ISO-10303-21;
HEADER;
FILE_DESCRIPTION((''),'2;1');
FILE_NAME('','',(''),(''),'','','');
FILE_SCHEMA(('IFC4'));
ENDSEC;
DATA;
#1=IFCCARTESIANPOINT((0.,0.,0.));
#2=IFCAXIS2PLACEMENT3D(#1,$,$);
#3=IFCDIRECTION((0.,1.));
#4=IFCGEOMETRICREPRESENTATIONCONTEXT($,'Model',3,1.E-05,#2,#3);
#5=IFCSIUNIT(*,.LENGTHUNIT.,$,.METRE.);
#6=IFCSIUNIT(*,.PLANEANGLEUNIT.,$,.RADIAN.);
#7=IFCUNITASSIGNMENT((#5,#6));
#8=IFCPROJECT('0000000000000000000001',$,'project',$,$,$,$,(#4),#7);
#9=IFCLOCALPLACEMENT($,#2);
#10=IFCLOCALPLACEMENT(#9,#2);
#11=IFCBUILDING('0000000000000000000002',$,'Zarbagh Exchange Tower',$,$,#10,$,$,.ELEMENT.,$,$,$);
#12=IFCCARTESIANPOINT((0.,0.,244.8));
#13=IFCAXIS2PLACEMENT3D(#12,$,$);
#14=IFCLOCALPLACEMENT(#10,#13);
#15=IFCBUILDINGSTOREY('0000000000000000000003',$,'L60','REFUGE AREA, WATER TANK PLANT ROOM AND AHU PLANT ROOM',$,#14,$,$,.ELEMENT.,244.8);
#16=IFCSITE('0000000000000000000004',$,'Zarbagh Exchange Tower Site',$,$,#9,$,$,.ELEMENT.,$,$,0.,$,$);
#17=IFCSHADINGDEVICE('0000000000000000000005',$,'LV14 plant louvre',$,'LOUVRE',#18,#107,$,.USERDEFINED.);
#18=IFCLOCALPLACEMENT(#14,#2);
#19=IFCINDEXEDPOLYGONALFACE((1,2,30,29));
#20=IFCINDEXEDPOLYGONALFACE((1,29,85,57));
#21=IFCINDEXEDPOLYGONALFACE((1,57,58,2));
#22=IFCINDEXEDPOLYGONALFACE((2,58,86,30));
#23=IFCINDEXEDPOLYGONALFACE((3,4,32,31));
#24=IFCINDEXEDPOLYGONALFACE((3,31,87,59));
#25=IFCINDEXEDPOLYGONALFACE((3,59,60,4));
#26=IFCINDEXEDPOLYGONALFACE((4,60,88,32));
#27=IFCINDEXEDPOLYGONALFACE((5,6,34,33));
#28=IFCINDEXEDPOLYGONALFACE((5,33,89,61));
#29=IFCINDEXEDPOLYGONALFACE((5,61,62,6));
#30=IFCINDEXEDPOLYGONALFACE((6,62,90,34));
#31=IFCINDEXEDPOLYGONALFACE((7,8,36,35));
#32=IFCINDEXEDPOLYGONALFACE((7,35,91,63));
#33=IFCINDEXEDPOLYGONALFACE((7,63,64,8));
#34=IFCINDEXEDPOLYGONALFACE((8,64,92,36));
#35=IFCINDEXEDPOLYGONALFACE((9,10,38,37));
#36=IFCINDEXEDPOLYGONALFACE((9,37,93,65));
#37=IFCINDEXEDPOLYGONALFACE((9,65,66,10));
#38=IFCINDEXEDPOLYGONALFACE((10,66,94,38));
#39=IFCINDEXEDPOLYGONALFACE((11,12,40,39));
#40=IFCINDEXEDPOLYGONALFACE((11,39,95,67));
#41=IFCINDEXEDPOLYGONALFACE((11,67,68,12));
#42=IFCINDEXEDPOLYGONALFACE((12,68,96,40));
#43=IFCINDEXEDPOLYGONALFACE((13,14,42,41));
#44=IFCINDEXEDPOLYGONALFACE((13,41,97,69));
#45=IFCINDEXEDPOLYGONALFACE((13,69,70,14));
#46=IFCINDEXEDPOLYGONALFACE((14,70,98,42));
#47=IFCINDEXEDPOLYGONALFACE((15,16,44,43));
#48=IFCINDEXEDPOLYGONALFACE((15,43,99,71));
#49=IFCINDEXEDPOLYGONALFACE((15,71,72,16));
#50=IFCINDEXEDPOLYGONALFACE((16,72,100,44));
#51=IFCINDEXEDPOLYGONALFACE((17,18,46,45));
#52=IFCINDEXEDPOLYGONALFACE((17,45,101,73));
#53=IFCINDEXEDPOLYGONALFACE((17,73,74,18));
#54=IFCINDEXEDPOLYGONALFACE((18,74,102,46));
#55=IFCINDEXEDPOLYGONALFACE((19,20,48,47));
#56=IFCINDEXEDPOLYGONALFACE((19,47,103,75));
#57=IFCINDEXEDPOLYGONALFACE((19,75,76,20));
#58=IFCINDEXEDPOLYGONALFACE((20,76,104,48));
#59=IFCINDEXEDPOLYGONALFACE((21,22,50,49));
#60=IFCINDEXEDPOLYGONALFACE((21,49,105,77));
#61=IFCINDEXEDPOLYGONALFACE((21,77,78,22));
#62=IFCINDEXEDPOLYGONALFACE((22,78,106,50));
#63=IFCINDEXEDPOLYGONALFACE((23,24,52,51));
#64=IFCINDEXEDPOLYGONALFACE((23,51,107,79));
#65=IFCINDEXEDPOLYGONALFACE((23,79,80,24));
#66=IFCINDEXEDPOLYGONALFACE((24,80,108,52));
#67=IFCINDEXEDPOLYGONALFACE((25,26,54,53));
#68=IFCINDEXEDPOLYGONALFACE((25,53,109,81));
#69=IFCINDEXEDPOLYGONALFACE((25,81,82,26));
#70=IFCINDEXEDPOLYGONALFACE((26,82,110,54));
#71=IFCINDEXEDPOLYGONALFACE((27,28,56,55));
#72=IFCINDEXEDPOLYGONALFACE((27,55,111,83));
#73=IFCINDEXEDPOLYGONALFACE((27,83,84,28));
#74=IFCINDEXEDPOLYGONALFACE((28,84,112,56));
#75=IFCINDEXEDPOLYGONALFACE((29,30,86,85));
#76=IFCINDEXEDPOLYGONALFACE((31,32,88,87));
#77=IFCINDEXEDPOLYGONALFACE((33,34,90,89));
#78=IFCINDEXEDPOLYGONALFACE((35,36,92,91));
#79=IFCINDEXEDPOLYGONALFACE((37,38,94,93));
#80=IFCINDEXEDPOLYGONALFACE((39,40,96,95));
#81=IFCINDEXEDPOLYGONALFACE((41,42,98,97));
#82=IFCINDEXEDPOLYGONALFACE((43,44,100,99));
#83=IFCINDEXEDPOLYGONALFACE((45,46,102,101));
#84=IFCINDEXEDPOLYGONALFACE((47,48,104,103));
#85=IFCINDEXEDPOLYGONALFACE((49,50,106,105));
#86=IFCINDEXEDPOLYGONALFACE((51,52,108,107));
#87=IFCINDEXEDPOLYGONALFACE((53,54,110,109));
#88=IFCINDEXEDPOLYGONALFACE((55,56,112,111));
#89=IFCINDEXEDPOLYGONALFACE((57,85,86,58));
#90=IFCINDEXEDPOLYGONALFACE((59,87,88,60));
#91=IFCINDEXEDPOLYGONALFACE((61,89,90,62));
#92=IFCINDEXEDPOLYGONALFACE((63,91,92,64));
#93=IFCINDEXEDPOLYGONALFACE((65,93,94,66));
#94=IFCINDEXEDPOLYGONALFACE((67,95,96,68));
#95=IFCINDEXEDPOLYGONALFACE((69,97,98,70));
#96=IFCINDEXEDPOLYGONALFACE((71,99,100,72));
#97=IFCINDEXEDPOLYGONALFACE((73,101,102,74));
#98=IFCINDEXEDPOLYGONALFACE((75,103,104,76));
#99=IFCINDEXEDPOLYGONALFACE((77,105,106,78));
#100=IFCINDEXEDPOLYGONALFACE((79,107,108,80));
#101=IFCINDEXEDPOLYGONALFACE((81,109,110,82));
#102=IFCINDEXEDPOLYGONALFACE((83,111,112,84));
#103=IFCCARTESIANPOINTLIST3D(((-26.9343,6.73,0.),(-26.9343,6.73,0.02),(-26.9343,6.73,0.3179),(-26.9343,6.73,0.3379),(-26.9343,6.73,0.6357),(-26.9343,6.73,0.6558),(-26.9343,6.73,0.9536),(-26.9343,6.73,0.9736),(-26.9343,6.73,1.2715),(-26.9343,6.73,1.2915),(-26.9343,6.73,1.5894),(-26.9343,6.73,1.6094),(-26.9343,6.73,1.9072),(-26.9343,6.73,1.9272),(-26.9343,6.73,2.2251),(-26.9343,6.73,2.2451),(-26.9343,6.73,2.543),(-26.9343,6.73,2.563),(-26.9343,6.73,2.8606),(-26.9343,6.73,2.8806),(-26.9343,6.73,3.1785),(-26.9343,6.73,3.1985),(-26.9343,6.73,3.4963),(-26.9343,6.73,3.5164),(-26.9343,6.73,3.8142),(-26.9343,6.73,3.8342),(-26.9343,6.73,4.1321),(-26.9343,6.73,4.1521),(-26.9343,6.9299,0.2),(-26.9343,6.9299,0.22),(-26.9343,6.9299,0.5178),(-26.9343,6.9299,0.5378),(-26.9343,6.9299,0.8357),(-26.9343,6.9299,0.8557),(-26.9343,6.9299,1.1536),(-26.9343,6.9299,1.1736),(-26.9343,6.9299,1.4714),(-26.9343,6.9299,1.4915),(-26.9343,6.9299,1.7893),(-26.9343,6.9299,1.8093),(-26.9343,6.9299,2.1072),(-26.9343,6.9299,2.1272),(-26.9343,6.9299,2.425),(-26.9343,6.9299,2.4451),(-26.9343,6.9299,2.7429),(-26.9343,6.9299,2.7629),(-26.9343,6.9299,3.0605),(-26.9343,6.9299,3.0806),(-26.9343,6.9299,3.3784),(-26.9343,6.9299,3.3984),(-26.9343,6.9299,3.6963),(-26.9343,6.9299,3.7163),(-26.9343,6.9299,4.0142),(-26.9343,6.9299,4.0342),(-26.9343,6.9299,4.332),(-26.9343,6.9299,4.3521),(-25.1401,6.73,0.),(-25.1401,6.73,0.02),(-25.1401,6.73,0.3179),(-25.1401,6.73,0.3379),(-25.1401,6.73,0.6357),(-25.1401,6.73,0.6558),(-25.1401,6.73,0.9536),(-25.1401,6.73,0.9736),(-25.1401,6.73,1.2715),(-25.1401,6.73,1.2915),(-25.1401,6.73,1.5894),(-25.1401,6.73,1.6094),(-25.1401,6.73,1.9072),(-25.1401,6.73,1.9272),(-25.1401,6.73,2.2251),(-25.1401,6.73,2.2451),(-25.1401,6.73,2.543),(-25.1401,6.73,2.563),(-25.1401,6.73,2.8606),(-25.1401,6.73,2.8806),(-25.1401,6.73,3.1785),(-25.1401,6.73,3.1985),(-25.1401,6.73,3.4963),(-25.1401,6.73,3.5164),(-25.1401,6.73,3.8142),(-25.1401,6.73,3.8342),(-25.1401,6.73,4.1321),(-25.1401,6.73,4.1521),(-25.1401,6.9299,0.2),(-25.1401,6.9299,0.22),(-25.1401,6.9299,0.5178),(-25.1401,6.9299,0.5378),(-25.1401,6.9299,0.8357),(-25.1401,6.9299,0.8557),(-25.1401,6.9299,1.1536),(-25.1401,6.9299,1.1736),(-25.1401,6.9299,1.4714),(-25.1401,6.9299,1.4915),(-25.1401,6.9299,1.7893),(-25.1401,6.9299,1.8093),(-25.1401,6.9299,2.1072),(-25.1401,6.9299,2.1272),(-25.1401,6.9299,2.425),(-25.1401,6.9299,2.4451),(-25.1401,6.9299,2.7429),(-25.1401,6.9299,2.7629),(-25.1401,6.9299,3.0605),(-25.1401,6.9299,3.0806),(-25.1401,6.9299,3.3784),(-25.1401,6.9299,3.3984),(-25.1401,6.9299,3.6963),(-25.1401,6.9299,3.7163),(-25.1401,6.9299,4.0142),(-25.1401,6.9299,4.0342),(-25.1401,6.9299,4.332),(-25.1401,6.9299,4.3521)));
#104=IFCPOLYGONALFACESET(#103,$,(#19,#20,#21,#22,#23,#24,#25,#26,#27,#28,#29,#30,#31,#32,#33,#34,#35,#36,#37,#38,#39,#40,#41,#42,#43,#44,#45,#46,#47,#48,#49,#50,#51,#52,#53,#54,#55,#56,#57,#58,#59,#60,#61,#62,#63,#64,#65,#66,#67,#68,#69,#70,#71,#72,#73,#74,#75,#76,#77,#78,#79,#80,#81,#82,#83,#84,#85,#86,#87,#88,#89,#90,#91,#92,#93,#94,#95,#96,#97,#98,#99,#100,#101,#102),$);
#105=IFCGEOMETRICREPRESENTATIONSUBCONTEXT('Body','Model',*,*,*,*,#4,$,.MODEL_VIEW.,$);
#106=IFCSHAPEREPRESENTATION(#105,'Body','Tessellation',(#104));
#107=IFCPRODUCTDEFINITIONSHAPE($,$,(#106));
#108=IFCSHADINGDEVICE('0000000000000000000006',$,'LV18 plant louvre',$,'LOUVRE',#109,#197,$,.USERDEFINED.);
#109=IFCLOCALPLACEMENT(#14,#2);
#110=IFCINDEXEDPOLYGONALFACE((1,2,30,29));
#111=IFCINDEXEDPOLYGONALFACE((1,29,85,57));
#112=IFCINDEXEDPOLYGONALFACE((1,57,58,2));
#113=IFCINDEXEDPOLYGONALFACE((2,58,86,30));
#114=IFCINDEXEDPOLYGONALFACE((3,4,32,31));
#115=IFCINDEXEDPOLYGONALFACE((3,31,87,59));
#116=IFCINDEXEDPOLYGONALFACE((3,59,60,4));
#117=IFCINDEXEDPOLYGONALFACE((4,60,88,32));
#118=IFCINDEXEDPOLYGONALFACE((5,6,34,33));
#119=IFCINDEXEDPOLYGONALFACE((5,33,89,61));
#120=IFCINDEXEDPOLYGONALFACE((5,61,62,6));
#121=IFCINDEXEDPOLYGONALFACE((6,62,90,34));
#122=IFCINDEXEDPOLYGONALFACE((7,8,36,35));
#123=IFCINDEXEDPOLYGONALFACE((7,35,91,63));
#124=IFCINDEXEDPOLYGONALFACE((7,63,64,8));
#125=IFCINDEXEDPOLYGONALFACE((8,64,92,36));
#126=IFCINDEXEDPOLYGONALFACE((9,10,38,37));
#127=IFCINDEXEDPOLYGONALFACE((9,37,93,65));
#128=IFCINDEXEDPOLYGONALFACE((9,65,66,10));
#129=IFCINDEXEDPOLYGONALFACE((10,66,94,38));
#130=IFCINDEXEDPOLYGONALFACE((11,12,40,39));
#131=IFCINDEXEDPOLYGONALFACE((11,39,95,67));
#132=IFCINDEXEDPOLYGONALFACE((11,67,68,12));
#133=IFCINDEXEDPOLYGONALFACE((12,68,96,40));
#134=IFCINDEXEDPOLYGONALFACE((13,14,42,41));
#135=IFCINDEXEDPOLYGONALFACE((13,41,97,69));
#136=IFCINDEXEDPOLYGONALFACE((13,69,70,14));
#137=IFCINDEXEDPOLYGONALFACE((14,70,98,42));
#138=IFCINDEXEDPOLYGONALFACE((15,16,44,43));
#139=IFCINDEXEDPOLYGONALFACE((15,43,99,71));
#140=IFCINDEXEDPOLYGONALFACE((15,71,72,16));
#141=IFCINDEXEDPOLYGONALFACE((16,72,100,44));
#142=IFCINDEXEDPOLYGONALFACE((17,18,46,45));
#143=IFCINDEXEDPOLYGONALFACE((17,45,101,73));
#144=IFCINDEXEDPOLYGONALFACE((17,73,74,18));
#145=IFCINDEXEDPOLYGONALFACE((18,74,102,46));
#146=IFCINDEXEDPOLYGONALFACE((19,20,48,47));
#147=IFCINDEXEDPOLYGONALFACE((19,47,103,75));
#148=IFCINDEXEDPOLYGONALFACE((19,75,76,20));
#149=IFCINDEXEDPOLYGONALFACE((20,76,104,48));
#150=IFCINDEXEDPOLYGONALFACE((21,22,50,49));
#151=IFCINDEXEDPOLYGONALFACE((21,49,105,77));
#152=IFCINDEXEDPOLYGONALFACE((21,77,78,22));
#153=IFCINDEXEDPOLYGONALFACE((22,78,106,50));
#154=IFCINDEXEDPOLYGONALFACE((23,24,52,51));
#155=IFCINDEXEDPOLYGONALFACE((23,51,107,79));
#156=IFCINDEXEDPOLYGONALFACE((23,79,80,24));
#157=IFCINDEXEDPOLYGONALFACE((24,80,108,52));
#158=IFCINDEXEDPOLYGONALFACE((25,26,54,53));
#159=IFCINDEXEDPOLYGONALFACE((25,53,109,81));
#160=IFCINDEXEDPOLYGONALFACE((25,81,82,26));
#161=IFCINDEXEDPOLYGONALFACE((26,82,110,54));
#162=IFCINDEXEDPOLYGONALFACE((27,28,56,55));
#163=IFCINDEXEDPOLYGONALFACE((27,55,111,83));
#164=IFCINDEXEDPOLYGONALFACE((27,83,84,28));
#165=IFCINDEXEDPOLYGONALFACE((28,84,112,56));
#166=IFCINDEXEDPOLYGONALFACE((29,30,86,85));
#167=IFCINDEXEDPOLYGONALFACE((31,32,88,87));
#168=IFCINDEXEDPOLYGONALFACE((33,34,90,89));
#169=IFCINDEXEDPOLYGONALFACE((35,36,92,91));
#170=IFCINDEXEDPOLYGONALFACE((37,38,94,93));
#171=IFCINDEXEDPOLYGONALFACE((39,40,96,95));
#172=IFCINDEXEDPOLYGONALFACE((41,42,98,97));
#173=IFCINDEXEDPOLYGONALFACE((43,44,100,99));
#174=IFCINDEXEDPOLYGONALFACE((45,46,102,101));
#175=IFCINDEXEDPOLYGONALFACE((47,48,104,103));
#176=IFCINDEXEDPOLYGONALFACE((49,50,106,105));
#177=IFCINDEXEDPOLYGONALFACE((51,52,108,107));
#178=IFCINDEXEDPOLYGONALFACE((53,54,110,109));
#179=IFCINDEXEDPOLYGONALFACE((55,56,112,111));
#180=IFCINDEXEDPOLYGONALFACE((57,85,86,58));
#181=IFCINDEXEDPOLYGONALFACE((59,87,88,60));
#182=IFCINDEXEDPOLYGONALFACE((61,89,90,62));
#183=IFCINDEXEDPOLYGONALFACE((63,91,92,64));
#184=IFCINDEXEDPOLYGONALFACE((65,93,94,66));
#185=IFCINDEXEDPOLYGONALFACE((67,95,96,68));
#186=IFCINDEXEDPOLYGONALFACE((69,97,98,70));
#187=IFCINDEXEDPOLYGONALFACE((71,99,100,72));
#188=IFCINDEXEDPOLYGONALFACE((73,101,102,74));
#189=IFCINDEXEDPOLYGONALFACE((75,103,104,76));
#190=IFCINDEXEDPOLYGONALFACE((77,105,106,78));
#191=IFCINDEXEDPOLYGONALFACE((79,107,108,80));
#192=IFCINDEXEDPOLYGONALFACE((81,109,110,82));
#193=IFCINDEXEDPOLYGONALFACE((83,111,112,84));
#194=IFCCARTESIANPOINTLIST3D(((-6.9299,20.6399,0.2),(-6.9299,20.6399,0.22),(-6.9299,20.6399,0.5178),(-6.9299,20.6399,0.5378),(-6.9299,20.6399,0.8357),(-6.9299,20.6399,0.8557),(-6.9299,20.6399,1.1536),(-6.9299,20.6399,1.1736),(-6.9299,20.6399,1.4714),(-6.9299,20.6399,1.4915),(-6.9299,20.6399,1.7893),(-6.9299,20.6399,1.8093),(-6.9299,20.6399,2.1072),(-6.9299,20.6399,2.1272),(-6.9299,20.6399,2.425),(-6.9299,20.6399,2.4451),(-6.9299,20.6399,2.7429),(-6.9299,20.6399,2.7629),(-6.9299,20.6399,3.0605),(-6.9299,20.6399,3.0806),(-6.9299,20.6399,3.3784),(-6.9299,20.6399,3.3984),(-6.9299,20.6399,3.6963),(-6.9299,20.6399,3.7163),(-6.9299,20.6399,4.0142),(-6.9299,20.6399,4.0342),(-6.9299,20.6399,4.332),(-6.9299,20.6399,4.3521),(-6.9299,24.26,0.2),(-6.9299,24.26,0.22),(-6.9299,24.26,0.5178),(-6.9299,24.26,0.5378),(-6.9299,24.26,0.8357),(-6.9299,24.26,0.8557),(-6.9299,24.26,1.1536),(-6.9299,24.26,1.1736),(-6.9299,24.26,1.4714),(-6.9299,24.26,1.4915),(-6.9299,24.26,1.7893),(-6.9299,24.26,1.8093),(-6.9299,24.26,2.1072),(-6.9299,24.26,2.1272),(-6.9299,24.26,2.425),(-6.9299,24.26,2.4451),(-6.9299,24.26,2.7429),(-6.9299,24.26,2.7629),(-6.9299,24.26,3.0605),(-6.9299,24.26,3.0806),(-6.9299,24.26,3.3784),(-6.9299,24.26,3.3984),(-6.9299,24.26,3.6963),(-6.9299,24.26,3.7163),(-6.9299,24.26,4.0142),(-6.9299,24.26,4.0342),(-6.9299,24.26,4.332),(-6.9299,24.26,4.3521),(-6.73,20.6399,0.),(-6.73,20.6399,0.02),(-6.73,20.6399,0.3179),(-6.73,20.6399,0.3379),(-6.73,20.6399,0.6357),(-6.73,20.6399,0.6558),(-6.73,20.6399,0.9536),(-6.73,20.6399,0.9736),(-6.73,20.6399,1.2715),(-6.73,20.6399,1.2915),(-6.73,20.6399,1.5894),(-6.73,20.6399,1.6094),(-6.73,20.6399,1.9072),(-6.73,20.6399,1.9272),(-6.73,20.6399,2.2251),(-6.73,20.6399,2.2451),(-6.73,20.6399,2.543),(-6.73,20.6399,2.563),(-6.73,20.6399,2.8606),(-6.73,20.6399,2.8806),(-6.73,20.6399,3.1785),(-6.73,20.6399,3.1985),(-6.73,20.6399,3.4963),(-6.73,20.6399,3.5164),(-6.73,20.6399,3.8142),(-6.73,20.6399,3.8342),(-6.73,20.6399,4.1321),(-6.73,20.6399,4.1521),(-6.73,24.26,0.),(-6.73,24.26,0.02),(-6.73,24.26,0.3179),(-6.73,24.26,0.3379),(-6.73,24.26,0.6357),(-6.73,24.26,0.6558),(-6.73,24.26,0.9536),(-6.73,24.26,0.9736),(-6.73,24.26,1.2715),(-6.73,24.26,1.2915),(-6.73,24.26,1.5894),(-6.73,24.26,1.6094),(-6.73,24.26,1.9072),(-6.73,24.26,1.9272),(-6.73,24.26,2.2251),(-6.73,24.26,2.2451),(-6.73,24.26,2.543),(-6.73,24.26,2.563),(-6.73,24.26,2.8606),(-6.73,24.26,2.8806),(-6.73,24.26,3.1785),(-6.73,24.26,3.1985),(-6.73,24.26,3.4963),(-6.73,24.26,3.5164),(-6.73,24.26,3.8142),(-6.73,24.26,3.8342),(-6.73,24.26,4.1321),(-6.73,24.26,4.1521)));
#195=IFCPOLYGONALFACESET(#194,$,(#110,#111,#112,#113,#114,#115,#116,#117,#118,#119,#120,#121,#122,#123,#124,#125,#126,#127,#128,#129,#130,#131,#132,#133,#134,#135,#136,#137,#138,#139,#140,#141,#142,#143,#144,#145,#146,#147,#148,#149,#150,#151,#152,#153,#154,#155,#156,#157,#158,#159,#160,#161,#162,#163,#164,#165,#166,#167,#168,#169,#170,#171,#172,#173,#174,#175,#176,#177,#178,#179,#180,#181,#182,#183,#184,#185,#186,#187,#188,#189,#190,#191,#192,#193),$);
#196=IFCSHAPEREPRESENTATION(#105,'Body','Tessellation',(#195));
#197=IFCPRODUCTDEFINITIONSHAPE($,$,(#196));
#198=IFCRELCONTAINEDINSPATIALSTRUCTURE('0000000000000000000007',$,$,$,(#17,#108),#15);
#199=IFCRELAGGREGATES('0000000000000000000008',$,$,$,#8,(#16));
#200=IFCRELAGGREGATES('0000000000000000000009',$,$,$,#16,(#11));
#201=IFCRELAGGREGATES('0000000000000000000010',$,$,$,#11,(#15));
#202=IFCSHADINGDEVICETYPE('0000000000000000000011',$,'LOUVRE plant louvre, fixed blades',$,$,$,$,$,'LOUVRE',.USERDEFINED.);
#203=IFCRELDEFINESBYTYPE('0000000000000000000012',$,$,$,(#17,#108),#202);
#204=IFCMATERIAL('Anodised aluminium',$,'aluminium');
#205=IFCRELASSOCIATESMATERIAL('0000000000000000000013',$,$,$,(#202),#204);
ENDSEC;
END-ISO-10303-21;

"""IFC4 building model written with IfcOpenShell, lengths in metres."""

from ifc_helpers import new_model, si_unit, direction, frame, origin, place, context, subcontext, project, spatial, polyline, outline, extrude, source, transform, mapped, material, type_object, element, save


model = new_model("IFC4")

# Units and contexts
model_context = context("Model", 3, precision=1e-05, world=origin(), true_north=direction((0.0, 1.0)))
body_context = subcontext(model_context, "Body", "Model", "MODEL_VIEW")
ifc_project = project(units=[si_unit("LENGTHUNIT", "METRE"), si_unit("PLANEANGLEUNIT", "RADIAN")], contexts=[model_context])

# Site, building, storey
site_placement = place(None, origin())
site = spatial("IfcSite", under=ifc_project, at=site_placement, Name="Zarbagh Exchange Tower Site", CompositionType="ELEMENT", RefElevation=0.0)
building_placement = place(site_placement, origin())
building = spatial("IfcBuilding", under=site, at=building_placement, Name="Zarbagh Exchange Tower", CompositionType="ELEMENT")
storey_placement = place(building_placement, frame((0.0, 0.0, 244.8)))
storey = spatial("IfcBuildingStorey", under=building, at=storey_placement, Name="L60", Description="REFUGE AREA, WATER TANK PLANT ROOM AND AHU PLANT ROOM", CompositionType="ELEMENT", Elevation=244.8)

# Shared definitions
placement = place(storey_placement, origin())

# Shading devices
ifc_material_1 = material(Name="Anodised aluminium", Category="aluminium")
shading_device_type = type_object("IfcShadingDeviceType", Name="LOUVRE plant louvre, fixed blades", ElementType="LOUVRE", PredefinedType="USERDEFINED", material=ifc_material_1)
shared_shape_1 = source(origin(), body_context, "Body", "SweptSolid", [
    extrude(outline(polyline([(0.0, 0.2), (0.2, 0.0), (0.2, -0.02), (0.0, 0.1799), (0.0, 0.2)])), origin(), (0.0, 0.0, 1.0), 1.7942),
])
element("IfcShadingDevice", 1, at=placement, inside=storey, type_object=shading_device_type, Name="LV14 plant louvre", ObjectType="LOUVRE", PredefinedType="USERDEFINED", context=body_context, shape_type="MappedRepresentation", body=[
    mapped(shared_shape_1, transform((-25.1401, 6.73, 0.2), x_axis=(0.0, 1.0, 0.0), y_axis=(0.0, 0.0, -1.0), z_axis=(-1.0, 0.0, 0.0))),
    mapped(shared_shape_1, transform((-25.1401, 6.73, 0.5178), x_axis=(0.0, 1.0, 0.0), y_axis=(0.0, 0.0, -1.0), z_axis=(-1.0, 0.0, 0.0))),
    mapped(shared_shape_1, transform((-25.1401, 6.73, 0.8357), x_axis=(0.0, 1.0, 0.0), y_axis=(0.0, 0.0, -1.0), z_axis=(-1.0, 0.0, 0.0))),
    mapped(shared_shape_1, transform((-25.1401, 6.73, 1.1536), x_axis=(0.0, 1.0, 0.0), y_axis=(0.0, 0.0, -1.0), z_axis=(-1.0, 0.0, 0.0))),
    mapped(shared_shape_1, transform((-25.1401, 6.73, 1.4714), x_axis=(0.0, 1.0, 0.0), y_axis=(0.0, 0.0, -1.0), z_axis=(-1.0, 0.0, 0.0))),
    mapped(shared_shape_1, transform((-25.1401, 6.73, 1.7893), x_axis=(0.0, 1.0, 0.0), y_axis=(0.0, 0.0, -1.0), z_axis=(-1.0, 0.0, 0.0))),
    mapped(shared_shape_1, transform((-25.1401, 6.73, 2.1072), x_axis=(0.0, 1.0, 0.0), y_axis=(0.0, 0.0, -1.0), z_axis=(-1.0, 0.0, 0.0))),
    mapped(shared_shape_1, transform((-25.1401, 6.73, 2.425), x_axis=(0.0, 1.0, 0.0), y_axis=(0.0, 0.0, -1.0), z_axis=(-1.0, 0.0, 0.0))),
    mapped(shared_shape_1, transform((-25.1401, 6.73, 2.7429), x_axis=(0.0, 1.0, 0.0), y_axis=(0.0, 0.0, -1.0), z_axis=(-1.0, 0.0, 0.0))),
    mapped(shared_shape_1, transform((-25.1401, 6.73, 3.0605), x_axis=(0.0, 1.0, 0.0), y_axis=(0.0, 0.0, -1.0), z_axis=(-1.0, 0.0, 0.0))),
    mapped(shared_shape_1, transform((-25.1401, 6.73, 3.3784), x_axis=(0.0, 1.0, 0.0), y_axis=(0.0, 0.0, -1.0), z_axis=(-1.0, 0.0, 0.0))),
    mapped(shared_shape_1, transform((-25.1401, 6.73, 3.6963), x_axis=(0.0, 1.0, 0.0), y_axis=(0.0, 0.0, -1.0), z_axis=(-1.0, 0.0, 0.0))),
    mapped(shared_shape_1, transform((-25.1401, 6.73, 4.0142), x_axis=(0.0, 1.0, 0.0), y_axis=(0.0, 0.0, -1.0), z_axis=(-1.0, 0.0, 0.0))),
    mapped(shared_shape_1, transform((-25.1401, 6.73, 4.332), x_axis=(0.0, 1.0, 0.0), y_axis=(0.0, 0.0, -1.0), z_axis=(-1.0, 0.0, 0.0))),
])
shared_shape_2 = source(origin(), body_context, "Body", "SweptSolid", [
    extrude(outline(polyline([(0.0, 0.2), (0.2, 0.0), (0.2, -0.02), (0.0, 0.1799), (0.0, 0.2)])), origin(), (0.0, 0.0, 1.0), 3.6201),
])
element("IfcShadingDevice", 2, at=placement, inside=storey, type_object=shading_device_type, Name="LV18 plant louvre", ObjectType="LOUVRE", PredefinedType="USERDEFINED", context=body_context, shape_type="MappedRepresentation", body=[
    mapped(shared_shape_2, transform((-6.73, 24.26, 0.2), x_axis=(-1.0, 0.0, 0.0), y_axis=(0.0, 0.0, -1.0), z_axis=(0.0, -1.0, 0.0))),
    mapped(shared_shape_2, transform((-6.73, 24.26, 0.5178), x_axis=(-1.0, 0.0, 0.0), y_axis=(0.0, 0.0, -1.0), z_axis=(0.0, -1.0, 0.0))),
    mapped(shared_shape_2, transform((-6.73, 24.26, 0.8357), x_axis=(-1.0, 0.0, 0.0), y_axis=(0.0, 0.0, -1.0), z_axis=(0.0, -1.0, 0.0))),
    mapped(shared_shape_2, transform((-6.73, 24.26, 1.1536), x_axis=(-1.0, 0.0, 0.0), y_axis=(0.0, 0.0, -1.0), z_axis=(0.0, -1.0, 0.0))),
    mapped(shared_shape_2, transform((-6.73, 24.26, 1.4714), x_axis=(-1.0, 0.0, 0.0), y_axis=(0.0, 0.0, -1.0), z_axis=(0.0, -1.0, 0.0))),
    mapped(shared_shape_2, transform((-6.73, 24.26, 1.7893), x_axis=(-1.0, 0.0, 0.0), y_axis=(0.0, 0.0, -1.0), z_axis=(0.0, -1.0, 0.0))),
    mapped(shared_shape_2, transform((-6.73, 24.26, 2.1072), x_axis=(-1.0, 0.0, 0.0), y_axis=(0.0, 0.0, -1.0), z_axis=(0.0, -1.0, 0.0))),
    mapped(shared_shape_2, transform((-6.73, 24.26, 2.425), x_axis=(-1.0, 0.0, 0.0), y_axis=(0.0, 0.0, -1.0), z_axis=(0.0, -1.0, 0.0))),
    mapped(shared_shape_2, transform((-6.73, 24.26, 2.7429), x_axis=(-1.0, 0.0, 0.0), y_axis=(0.0, 0.0, -1.0), z_axis=(0.0, -1.0, 0.0))),
    mapped(shared_shape_2, transform((-6.73, 24.26, 3.0605), x_axis=(-1.0, 0.0, 0.0), y_axis=(0.0, 0.0, -1.0), z_axis=(0.0, -1.0, 0.0))),
    mapped(shared_shape_2, transform((-6.73, 24.26, 3.3784), x_axis=(-1.0, 0.0, 0.0), y_axis=(0.0, 0.0, -1.0), z_axis=(0.0, -1.0, 0.0))),
    mapped(shared_shape_2, transform((-6.73, 24.26, 3.6963), x_axis=(-1.0, 0.0, 0.0), y_axis=(0.0, 0.0, -1.0), z_axis=(0.0, -1.0, 0.0))),
    mapped(shared_shape_2, transform((-6.73, 24.26, 4.0142), x_axis=(-1.0, 0.0, 0.0), y_axis=(0.0, 0.0, -1.0), z_axis=(0.0, -1.0, 0.0))),
    mapped(shared_shape_2, transform((-6.73, 24.26, 4.332), x_axis=(-1.0, 0.0, 0.0), y_axis=(0.0, 0.0, -1.0), z_axis=(0.0, -1.0, 0.0))),
])

save(model, "model.ifc")
